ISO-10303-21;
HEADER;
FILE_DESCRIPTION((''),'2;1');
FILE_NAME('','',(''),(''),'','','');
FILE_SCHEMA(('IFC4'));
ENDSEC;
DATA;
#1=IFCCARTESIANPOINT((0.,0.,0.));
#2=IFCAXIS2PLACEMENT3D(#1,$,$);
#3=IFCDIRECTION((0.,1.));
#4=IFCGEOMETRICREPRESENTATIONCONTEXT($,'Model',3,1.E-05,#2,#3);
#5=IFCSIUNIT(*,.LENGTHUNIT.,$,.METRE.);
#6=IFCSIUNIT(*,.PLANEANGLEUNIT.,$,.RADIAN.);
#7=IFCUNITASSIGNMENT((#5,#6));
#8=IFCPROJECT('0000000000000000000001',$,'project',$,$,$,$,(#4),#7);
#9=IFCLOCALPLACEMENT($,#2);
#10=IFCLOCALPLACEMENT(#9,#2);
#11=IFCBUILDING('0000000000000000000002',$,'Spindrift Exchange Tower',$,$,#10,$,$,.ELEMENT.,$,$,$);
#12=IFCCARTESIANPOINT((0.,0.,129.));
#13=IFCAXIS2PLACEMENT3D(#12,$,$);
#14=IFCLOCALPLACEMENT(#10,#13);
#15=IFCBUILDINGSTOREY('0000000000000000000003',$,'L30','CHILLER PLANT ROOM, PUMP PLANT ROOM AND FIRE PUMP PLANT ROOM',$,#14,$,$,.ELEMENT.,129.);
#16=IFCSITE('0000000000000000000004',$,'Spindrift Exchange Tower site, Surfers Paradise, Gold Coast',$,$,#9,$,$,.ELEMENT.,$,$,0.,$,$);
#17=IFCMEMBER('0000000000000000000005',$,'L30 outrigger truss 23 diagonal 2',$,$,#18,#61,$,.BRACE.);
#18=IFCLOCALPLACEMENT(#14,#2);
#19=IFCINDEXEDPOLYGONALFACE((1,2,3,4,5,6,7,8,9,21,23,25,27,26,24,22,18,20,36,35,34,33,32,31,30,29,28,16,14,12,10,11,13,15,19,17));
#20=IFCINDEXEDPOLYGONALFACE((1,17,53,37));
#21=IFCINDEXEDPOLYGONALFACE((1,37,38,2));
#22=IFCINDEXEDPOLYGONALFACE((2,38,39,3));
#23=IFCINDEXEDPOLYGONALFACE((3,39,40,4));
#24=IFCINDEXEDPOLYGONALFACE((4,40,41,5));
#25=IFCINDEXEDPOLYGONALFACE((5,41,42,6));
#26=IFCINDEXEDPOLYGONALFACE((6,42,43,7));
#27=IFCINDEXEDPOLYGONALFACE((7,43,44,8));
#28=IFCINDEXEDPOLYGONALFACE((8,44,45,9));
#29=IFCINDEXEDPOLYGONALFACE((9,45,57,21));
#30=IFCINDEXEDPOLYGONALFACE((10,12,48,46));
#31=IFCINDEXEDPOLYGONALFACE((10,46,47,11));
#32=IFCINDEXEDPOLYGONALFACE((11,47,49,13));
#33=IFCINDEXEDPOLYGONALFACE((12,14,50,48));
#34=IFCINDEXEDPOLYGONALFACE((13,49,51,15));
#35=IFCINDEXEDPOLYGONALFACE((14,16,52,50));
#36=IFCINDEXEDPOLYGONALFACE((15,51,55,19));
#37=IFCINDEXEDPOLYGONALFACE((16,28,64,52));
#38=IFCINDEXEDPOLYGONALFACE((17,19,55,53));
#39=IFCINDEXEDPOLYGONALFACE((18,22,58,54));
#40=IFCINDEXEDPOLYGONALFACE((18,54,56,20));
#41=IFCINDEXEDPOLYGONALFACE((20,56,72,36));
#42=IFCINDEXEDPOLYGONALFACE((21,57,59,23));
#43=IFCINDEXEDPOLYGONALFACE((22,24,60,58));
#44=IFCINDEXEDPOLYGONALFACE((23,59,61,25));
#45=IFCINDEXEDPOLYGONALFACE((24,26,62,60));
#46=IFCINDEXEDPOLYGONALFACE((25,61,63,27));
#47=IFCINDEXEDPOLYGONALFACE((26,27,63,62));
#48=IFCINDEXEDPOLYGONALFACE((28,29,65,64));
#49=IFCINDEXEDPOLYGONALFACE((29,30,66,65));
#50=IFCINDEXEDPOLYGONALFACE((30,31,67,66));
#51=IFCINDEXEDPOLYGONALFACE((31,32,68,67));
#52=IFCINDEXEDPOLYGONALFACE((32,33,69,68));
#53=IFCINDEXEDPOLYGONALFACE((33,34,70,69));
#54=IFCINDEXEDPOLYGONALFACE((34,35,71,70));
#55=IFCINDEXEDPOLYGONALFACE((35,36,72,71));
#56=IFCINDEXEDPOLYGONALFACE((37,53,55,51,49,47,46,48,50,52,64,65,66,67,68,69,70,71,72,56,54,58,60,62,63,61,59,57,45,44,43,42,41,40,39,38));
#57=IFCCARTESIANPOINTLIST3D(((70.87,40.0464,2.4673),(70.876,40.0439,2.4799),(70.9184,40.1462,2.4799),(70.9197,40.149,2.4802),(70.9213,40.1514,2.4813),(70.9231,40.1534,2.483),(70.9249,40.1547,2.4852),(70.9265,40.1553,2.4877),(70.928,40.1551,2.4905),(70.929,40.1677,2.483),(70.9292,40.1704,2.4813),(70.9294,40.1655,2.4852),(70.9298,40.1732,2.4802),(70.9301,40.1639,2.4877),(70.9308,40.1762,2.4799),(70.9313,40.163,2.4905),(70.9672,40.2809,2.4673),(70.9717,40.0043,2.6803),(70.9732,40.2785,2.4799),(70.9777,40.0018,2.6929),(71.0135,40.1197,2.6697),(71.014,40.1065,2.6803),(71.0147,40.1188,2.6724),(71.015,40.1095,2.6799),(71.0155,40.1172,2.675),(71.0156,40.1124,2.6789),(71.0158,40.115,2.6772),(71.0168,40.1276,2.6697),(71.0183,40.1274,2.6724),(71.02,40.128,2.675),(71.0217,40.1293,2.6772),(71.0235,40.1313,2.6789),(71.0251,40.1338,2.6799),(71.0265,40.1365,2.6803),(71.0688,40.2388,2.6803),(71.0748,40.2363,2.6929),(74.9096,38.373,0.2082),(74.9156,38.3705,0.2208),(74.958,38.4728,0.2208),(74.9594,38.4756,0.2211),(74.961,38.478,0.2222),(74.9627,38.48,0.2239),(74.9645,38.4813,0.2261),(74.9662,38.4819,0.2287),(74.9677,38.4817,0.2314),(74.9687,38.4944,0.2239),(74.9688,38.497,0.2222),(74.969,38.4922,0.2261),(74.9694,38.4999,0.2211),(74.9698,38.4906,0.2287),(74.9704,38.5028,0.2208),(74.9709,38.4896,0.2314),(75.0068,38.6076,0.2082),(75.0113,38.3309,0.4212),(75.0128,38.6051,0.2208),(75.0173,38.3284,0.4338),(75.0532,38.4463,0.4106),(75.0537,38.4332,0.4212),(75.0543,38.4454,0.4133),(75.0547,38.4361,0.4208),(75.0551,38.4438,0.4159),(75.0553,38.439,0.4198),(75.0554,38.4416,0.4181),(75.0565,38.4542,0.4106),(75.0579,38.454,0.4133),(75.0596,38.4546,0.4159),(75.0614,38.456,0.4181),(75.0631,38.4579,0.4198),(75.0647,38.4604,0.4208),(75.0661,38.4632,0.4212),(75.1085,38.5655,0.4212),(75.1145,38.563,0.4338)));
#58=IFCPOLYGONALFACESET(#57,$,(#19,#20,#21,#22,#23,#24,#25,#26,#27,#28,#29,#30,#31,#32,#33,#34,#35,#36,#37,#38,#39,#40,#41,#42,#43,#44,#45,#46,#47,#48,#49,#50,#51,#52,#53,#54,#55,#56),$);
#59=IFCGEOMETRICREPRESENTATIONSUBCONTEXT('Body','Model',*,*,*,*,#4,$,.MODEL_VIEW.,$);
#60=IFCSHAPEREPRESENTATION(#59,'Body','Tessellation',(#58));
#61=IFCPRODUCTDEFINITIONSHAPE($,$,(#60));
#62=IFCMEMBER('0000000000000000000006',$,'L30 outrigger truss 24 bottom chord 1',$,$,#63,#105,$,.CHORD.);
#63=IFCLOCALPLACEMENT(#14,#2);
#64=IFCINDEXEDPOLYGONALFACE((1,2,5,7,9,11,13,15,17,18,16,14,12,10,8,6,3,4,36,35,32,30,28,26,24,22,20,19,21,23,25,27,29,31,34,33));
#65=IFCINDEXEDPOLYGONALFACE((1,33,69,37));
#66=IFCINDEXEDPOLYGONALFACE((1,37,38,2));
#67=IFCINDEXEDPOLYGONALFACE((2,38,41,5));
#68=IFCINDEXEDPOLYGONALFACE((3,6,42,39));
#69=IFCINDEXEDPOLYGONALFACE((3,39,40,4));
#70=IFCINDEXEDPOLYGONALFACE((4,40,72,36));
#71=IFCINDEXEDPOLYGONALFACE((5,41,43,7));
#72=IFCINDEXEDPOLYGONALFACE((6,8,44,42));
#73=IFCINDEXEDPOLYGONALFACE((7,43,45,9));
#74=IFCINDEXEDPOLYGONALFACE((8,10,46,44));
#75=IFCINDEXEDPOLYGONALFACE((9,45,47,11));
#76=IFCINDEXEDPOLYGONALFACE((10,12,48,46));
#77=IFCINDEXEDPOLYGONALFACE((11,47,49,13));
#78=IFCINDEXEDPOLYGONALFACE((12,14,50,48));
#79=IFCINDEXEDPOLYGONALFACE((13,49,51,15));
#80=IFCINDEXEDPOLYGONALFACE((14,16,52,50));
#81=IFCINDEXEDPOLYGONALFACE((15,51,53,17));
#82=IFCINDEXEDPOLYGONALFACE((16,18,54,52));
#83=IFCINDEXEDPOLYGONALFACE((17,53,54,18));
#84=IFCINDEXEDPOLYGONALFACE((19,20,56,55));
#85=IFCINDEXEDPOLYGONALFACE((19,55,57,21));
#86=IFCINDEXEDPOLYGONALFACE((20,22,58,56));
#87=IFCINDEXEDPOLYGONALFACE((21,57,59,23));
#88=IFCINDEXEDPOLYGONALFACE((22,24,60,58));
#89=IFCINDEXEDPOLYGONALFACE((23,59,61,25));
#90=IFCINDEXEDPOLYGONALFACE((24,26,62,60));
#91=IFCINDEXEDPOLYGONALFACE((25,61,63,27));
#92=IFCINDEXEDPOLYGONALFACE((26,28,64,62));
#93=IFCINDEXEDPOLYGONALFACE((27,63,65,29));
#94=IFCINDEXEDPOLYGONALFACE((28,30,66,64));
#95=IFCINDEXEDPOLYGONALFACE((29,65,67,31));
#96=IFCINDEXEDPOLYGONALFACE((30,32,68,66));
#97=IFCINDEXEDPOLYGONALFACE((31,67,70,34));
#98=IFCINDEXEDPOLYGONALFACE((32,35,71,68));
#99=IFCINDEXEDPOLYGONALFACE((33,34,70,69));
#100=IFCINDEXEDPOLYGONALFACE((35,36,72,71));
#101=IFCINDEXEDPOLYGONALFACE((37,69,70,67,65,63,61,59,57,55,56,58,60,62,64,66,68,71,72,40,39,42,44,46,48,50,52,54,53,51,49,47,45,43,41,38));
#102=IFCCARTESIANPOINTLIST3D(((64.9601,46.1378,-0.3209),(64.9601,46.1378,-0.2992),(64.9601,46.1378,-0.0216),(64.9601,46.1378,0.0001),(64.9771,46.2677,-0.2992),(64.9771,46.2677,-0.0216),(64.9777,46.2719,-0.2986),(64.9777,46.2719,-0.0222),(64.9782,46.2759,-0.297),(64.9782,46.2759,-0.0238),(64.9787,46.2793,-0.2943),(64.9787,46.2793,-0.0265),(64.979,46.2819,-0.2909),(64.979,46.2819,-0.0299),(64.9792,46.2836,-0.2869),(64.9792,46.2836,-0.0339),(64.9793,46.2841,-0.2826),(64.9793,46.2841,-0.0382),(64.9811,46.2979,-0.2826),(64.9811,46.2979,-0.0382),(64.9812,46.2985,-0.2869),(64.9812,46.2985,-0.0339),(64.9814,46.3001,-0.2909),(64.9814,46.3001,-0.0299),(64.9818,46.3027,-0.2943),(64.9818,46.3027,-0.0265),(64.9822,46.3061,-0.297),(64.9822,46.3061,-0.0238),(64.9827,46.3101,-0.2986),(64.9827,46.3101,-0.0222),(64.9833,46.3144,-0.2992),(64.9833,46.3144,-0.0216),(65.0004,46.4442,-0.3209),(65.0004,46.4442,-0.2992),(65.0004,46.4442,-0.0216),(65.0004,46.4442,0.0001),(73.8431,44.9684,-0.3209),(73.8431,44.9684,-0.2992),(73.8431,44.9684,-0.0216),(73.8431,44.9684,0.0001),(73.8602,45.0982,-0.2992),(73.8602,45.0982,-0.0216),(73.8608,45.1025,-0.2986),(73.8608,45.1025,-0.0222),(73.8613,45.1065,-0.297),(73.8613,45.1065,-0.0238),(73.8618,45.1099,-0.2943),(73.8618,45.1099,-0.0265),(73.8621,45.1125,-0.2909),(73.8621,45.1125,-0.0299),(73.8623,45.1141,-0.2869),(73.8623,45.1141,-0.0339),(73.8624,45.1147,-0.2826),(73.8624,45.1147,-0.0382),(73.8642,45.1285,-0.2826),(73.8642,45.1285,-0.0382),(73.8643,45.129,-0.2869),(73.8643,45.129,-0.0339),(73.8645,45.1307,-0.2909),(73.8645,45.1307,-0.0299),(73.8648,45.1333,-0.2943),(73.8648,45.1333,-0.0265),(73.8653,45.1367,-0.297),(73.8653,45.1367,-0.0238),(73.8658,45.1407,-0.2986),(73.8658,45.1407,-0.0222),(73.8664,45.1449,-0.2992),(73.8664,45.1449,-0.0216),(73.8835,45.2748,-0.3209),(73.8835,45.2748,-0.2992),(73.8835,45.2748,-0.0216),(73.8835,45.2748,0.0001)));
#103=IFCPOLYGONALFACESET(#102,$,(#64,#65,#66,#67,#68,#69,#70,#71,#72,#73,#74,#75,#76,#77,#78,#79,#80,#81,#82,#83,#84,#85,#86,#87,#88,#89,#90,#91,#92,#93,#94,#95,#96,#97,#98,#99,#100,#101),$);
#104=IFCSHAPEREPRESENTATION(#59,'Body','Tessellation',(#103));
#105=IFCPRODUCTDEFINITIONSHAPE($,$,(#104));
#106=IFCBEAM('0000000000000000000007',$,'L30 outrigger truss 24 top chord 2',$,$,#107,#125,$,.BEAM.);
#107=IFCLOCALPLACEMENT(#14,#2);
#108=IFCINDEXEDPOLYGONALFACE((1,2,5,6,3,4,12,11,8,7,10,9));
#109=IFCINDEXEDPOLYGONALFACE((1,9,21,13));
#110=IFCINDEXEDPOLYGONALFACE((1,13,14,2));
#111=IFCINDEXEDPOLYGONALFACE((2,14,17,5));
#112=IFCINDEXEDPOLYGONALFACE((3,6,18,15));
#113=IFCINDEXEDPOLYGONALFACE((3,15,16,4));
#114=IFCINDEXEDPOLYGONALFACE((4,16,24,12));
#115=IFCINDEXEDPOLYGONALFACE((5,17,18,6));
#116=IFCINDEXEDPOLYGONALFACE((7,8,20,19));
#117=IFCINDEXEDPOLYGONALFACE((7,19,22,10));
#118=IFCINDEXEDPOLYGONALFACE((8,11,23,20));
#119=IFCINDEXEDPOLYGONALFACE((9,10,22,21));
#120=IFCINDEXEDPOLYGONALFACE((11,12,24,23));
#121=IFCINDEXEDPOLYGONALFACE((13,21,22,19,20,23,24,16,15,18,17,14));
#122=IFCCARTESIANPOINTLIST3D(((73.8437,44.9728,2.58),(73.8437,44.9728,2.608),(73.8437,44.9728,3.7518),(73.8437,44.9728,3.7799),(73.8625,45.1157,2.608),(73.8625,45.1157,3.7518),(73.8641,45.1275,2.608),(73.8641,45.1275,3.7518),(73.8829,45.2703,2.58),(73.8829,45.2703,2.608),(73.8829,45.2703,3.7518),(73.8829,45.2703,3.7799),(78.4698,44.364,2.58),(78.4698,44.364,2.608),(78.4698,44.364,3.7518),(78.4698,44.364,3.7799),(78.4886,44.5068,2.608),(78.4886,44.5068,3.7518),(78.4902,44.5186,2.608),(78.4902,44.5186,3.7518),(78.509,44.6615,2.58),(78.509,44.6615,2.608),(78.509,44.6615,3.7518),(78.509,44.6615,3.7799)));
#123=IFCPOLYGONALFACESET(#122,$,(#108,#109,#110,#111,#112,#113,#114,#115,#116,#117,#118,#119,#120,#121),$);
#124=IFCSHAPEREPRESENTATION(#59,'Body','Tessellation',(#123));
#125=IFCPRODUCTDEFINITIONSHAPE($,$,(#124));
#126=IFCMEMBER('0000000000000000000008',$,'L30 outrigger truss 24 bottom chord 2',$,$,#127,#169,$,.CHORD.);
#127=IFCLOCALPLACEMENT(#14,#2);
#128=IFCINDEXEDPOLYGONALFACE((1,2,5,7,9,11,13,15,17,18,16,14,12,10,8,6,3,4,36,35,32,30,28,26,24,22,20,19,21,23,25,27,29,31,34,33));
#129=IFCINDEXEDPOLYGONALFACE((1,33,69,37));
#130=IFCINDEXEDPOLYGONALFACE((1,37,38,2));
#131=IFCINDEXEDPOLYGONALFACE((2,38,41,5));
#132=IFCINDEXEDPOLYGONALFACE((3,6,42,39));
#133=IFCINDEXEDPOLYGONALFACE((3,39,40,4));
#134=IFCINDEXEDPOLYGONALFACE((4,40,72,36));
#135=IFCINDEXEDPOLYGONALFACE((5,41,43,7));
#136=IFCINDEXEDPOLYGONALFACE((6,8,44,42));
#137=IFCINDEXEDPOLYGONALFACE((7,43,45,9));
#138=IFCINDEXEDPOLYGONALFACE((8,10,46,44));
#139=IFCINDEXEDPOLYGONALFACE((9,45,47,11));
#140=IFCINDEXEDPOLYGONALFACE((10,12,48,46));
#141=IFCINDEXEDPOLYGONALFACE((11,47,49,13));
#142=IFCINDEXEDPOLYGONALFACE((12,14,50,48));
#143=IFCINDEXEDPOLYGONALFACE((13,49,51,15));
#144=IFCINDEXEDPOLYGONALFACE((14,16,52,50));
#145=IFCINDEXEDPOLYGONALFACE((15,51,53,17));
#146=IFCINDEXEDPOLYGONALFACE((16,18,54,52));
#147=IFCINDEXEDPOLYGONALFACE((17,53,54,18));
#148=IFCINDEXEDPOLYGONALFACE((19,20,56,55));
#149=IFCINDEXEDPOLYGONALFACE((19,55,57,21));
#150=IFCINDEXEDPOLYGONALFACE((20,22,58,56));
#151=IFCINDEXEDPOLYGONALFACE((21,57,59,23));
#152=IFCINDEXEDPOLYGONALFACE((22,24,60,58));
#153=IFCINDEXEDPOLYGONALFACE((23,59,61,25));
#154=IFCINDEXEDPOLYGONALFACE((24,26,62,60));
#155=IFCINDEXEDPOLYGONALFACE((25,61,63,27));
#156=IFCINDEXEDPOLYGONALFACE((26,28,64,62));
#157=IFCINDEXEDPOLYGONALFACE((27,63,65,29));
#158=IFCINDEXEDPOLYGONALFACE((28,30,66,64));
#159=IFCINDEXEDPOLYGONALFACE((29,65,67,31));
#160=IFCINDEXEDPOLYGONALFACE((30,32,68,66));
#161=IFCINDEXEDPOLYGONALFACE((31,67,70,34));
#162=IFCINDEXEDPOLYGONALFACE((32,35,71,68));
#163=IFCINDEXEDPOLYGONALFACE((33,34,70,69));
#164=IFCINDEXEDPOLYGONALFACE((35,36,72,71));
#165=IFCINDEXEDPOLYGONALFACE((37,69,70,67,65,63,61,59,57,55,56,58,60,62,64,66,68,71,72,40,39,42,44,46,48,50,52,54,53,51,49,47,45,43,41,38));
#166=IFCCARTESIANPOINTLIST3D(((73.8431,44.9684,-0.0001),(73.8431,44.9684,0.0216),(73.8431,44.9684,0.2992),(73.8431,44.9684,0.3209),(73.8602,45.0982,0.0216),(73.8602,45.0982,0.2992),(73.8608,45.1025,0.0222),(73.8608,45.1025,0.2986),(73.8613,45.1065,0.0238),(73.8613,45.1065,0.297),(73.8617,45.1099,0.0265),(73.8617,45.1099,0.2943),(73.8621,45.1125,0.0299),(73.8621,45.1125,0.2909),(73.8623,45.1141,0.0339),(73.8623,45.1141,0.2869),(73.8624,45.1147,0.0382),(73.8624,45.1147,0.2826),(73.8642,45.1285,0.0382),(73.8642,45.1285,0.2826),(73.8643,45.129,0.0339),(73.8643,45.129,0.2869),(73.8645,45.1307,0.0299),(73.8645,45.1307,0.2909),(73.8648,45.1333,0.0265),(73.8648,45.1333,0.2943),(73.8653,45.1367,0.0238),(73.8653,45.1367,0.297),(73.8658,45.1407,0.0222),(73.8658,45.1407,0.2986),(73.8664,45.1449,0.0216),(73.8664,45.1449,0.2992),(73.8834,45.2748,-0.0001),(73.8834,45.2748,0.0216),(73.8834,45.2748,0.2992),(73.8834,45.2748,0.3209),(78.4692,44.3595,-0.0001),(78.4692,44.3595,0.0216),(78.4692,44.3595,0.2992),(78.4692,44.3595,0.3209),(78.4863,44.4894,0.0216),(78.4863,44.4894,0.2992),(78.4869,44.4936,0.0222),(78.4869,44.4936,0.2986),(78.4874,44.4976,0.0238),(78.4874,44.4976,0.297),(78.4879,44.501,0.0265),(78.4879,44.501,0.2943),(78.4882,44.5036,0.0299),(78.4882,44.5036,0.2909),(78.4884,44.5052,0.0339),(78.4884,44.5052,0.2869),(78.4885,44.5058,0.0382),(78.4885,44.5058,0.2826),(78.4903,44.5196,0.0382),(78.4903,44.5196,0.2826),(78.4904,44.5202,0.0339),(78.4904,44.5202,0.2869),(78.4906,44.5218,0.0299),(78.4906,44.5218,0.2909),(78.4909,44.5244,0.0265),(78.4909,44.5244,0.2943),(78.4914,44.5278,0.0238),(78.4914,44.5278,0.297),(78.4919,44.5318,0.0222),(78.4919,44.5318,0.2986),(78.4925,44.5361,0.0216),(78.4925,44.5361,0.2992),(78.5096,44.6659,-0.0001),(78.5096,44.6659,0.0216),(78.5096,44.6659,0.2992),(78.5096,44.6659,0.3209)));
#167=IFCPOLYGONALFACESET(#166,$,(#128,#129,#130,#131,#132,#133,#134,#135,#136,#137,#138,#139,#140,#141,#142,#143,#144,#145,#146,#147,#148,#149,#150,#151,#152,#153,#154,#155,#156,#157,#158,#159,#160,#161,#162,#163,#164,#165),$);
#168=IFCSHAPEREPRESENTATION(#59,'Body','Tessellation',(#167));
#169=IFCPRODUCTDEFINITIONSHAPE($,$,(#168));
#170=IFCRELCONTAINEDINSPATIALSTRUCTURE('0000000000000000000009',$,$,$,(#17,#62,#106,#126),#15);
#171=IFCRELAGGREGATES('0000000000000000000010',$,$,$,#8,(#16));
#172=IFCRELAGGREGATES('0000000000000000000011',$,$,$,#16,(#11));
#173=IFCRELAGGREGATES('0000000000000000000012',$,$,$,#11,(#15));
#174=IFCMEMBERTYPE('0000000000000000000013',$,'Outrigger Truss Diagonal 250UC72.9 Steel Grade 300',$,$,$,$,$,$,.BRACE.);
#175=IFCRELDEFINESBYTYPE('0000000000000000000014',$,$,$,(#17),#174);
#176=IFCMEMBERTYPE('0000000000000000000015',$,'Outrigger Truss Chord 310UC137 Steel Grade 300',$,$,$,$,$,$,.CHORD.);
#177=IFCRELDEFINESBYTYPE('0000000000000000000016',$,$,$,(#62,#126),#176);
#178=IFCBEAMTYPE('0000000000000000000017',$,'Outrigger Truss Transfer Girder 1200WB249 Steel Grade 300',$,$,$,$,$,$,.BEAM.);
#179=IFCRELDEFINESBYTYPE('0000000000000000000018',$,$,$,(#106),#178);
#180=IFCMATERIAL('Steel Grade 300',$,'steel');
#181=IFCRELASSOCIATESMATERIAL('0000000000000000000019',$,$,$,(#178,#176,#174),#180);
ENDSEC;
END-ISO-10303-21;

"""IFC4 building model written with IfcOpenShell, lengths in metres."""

from ifc_helpers import new_model, si_unit, direction, frame, origin, origin_2d, place, context, subcontext, project, spatial, i_section, extrude, source, transform, mapped, material, material_profile, profile_set, type_object, element, save


model = new_model("IFC4")

# Units and contexts
model_context = context("Model", 3, precision=1e-05, world=origin(), true_north=direction((0.0, 1.0)))
body_context = subcontext(model_context, "Body", "Model", "MODEL_VIEW")
ifc_project = project(units=[si_unit("LENGTHUNIT", "METRE"), si_unit("PLANEANGLEUNIT", "RADIAN")], contexts=[model_context])

# Site, building, storey
site_placement = place(None, origin())
site = spatial("IfcSite", under=ifc_project, at=site_placement, Name="Spindrift Exchange Tower site, Surfers Paradise, Gold Coast", CompositionType="ELEMENT", RefElevation=0.0)
building_placement = place(site_placement, origin())
building = spatial("IfcBuilding", under=site, at=building_placement, Name="Spindrift Exchange Tower", CompositionType="ELEMENT")
storey_placement = place(building_placement, frame((0.0, 0.0, 129.0)))
storey = spatial("IfcBuildingStorey", under=building, at=storey_placement, Name="L30", Description="CHILLER PLANT ROOM, PUMP PLANT ROOM AND FIRE PUMP PLANT ROOM", CompositionType="ELEMENT", Elevation=129.0)

# Shared definitions
ifc_material_1 = material(Name="Steel Grade 300", Category="steel")
ifc_material_profile_1 = material_profile(ifc_material_1, i_section(OverallWidth=0.3, OverallDepth=1.2, WebThickness=0.012, FlangeThickness=0.0281, at=origin_2d()), Name="1200WB249")
ifc_profile_set_1 = profile_set([ifc_material_profile_1], Name="Steel Grade 300")
beam_type = type_object("IfcBeamType", Name="Outrigger Truss Transfer Girder 1200WB249 Steel Grade 300", PredefinedType="BEAM", material=ifc_profile_set_1)

# Shared definitions
ifc_material_profile_2 = material_profile(ifc_material_1, i_section(OverallWidth=0.3091, OverallDepth=0.321, WebThickness=0.0139, FlangeThickness=0.0217, FilletRadius=0.0166, at=origin_2d()), Name="310UC137")
ifc_profile_set_2 = profile_set([ifc_material_profile_2], Name="Steel Grade 300")
member_type_1 = type_object("IfcMemberType", Name="Outrigger Truss Chord 310UC137 Steel Grade 300", PredefinedType="CHORD", material=ifc_profile_set_2)

# Members
ifc_material_profile_3 = material_profile(ifc_material_1, i_section(OverallWidth=0.2539, OverallDepth=0.2539, WebThickness=0.0085, FlangeThickness=0.0142, FilletRadius=0.012, at=origin_2d()), Name="250UC72.9")
ifc_profile_set_3 = profile_set([ifc_material_profile_3], Name="Steel Grade 300")
member_type_2 = type_object("IfcMemberType", Name="Outrigger Truss Diagonal 250UC72.9 Steel Grade 300", PredefinedType="BRACE", material=ifc_profile_set_3)
shared_shape_1 = source(origin(), body_context, "Body", "SweptSolid", [
    extrude(i_section(OverallWidth=0.2539, OverallDepth=0.2539, WebThickness=0.0085, FlangeThickness=0.0142, FilletRadius=0.012, at=origin_2d()), origin(), (0.0, 0.0, 1.0), 4.9216),
])
member_1_placement = place(storey_placement, frame((70.9724, 40.1414, 2.5801), z_axis=(0.820795, -0.340005, -0.459012), x_axis=(0.382704, 0.923871, 0.0)))
element("IfcMember", 1, at=member_1_placement, inside=storey, type_object=member_type_2, Name="L30 outrigger truss 23 diagonal 2", PredefinedType="BRACE", context=body_context, shape_type="MappedRepresentation", body=[
    mapped(shared_shape_1, transform((0.0, 0.0, 0.0), scale=1.0)),
])
shared_shape_2 = source(origin(), body_context, "Body", "SweptSolid", [
    extrude(i_section(OverallWidth=0.3091, OverallDepth=0.321, WebThickness=0.0139, FlangeThickness=0.0217, FilletRadius=0.0166, at=origin_2d()), origin(), (0.0, 0.0, 1.0), 8.9597),
])
member_2_placement = place(storey_placement, frame((64.9802, 46.291, -0.1604), z_axis=(0.991445, -0.130521, 0.0), x_axis=(0.130521, 0.991445, 0.0)))
element("IfcMember", 2, at=member_2_placement, inside=storey, type_object=member_type_1, Name="L30 outrigger truss 24 bottom chord 1", PredefinedType="CHORD", context=body_context, shape_type="MappedRepresentation", body=[
    mapped(shared_shape_2, transform((0.0, 0.0, 0.0), scale=1.0)),
])

# Beam
shared_shape_3 = source(origin(), body_context, "Body", "SweptSolid", [
    extrude(i_section(OverallWidth=0.3, OverallDepth=1.2, WebThickness=0.012, FlangeThickness=0.0281, at=origin_2d()), origin(), (0.0, 0.0, 1.0), 4.666),
])
beam_1_placement = place(storey_placement, frame((73.8633, 45.1216, 3.1799), z_axis=(0.991449, -0.130491, 0.0), x_axis=(0.130491, 0.991449, 0.0)))
element("IfcBeam", 3, at=beam_1_placement, inside=storey, type_object=beam_type, Name="L30 outrigger truss 24 top chord 2", PredefinedType="BEAM", context=body_context, shape_type="MappedRepresentation", body=[
    mapped(shared_shape_3, transform((0.0, 0.0, 0.0), scale=1.0)),
])

# Member
shared_shape_4 = source(origin(), body_context, "Body", "SweptSolid", [
    extrude(i_section(OverallWidth=0.3091, OverallDepth=0.321, WebThickness=0.0139, FlangeThickness=0.0217, FilletRadius=0.0166, at=origin_2d()), origin(), (0.0, 0.0, 1.0), 4.666),
])
member_3_placement = place(storey_placement, frame((73.8633, 45.1216, 0.1604), z_axis=(0.991449, -0.130491, 0.0), x_axis=(0.130491, 0.991449, 0.0)))
element("IfcMember", 4, at=member_3_placement, inside=storey, type_object=member_type_1, Name="L30 outrigger truss 24 bottom chord 2", PredefinedType="CHORD", context=body_context, shape_type="MappedRepresentation", body=[
    mapped(shared_shape_4, transform((0.0, 0.0, 0.0), scale=1.0)),
])

save(model, "model.ifc")
